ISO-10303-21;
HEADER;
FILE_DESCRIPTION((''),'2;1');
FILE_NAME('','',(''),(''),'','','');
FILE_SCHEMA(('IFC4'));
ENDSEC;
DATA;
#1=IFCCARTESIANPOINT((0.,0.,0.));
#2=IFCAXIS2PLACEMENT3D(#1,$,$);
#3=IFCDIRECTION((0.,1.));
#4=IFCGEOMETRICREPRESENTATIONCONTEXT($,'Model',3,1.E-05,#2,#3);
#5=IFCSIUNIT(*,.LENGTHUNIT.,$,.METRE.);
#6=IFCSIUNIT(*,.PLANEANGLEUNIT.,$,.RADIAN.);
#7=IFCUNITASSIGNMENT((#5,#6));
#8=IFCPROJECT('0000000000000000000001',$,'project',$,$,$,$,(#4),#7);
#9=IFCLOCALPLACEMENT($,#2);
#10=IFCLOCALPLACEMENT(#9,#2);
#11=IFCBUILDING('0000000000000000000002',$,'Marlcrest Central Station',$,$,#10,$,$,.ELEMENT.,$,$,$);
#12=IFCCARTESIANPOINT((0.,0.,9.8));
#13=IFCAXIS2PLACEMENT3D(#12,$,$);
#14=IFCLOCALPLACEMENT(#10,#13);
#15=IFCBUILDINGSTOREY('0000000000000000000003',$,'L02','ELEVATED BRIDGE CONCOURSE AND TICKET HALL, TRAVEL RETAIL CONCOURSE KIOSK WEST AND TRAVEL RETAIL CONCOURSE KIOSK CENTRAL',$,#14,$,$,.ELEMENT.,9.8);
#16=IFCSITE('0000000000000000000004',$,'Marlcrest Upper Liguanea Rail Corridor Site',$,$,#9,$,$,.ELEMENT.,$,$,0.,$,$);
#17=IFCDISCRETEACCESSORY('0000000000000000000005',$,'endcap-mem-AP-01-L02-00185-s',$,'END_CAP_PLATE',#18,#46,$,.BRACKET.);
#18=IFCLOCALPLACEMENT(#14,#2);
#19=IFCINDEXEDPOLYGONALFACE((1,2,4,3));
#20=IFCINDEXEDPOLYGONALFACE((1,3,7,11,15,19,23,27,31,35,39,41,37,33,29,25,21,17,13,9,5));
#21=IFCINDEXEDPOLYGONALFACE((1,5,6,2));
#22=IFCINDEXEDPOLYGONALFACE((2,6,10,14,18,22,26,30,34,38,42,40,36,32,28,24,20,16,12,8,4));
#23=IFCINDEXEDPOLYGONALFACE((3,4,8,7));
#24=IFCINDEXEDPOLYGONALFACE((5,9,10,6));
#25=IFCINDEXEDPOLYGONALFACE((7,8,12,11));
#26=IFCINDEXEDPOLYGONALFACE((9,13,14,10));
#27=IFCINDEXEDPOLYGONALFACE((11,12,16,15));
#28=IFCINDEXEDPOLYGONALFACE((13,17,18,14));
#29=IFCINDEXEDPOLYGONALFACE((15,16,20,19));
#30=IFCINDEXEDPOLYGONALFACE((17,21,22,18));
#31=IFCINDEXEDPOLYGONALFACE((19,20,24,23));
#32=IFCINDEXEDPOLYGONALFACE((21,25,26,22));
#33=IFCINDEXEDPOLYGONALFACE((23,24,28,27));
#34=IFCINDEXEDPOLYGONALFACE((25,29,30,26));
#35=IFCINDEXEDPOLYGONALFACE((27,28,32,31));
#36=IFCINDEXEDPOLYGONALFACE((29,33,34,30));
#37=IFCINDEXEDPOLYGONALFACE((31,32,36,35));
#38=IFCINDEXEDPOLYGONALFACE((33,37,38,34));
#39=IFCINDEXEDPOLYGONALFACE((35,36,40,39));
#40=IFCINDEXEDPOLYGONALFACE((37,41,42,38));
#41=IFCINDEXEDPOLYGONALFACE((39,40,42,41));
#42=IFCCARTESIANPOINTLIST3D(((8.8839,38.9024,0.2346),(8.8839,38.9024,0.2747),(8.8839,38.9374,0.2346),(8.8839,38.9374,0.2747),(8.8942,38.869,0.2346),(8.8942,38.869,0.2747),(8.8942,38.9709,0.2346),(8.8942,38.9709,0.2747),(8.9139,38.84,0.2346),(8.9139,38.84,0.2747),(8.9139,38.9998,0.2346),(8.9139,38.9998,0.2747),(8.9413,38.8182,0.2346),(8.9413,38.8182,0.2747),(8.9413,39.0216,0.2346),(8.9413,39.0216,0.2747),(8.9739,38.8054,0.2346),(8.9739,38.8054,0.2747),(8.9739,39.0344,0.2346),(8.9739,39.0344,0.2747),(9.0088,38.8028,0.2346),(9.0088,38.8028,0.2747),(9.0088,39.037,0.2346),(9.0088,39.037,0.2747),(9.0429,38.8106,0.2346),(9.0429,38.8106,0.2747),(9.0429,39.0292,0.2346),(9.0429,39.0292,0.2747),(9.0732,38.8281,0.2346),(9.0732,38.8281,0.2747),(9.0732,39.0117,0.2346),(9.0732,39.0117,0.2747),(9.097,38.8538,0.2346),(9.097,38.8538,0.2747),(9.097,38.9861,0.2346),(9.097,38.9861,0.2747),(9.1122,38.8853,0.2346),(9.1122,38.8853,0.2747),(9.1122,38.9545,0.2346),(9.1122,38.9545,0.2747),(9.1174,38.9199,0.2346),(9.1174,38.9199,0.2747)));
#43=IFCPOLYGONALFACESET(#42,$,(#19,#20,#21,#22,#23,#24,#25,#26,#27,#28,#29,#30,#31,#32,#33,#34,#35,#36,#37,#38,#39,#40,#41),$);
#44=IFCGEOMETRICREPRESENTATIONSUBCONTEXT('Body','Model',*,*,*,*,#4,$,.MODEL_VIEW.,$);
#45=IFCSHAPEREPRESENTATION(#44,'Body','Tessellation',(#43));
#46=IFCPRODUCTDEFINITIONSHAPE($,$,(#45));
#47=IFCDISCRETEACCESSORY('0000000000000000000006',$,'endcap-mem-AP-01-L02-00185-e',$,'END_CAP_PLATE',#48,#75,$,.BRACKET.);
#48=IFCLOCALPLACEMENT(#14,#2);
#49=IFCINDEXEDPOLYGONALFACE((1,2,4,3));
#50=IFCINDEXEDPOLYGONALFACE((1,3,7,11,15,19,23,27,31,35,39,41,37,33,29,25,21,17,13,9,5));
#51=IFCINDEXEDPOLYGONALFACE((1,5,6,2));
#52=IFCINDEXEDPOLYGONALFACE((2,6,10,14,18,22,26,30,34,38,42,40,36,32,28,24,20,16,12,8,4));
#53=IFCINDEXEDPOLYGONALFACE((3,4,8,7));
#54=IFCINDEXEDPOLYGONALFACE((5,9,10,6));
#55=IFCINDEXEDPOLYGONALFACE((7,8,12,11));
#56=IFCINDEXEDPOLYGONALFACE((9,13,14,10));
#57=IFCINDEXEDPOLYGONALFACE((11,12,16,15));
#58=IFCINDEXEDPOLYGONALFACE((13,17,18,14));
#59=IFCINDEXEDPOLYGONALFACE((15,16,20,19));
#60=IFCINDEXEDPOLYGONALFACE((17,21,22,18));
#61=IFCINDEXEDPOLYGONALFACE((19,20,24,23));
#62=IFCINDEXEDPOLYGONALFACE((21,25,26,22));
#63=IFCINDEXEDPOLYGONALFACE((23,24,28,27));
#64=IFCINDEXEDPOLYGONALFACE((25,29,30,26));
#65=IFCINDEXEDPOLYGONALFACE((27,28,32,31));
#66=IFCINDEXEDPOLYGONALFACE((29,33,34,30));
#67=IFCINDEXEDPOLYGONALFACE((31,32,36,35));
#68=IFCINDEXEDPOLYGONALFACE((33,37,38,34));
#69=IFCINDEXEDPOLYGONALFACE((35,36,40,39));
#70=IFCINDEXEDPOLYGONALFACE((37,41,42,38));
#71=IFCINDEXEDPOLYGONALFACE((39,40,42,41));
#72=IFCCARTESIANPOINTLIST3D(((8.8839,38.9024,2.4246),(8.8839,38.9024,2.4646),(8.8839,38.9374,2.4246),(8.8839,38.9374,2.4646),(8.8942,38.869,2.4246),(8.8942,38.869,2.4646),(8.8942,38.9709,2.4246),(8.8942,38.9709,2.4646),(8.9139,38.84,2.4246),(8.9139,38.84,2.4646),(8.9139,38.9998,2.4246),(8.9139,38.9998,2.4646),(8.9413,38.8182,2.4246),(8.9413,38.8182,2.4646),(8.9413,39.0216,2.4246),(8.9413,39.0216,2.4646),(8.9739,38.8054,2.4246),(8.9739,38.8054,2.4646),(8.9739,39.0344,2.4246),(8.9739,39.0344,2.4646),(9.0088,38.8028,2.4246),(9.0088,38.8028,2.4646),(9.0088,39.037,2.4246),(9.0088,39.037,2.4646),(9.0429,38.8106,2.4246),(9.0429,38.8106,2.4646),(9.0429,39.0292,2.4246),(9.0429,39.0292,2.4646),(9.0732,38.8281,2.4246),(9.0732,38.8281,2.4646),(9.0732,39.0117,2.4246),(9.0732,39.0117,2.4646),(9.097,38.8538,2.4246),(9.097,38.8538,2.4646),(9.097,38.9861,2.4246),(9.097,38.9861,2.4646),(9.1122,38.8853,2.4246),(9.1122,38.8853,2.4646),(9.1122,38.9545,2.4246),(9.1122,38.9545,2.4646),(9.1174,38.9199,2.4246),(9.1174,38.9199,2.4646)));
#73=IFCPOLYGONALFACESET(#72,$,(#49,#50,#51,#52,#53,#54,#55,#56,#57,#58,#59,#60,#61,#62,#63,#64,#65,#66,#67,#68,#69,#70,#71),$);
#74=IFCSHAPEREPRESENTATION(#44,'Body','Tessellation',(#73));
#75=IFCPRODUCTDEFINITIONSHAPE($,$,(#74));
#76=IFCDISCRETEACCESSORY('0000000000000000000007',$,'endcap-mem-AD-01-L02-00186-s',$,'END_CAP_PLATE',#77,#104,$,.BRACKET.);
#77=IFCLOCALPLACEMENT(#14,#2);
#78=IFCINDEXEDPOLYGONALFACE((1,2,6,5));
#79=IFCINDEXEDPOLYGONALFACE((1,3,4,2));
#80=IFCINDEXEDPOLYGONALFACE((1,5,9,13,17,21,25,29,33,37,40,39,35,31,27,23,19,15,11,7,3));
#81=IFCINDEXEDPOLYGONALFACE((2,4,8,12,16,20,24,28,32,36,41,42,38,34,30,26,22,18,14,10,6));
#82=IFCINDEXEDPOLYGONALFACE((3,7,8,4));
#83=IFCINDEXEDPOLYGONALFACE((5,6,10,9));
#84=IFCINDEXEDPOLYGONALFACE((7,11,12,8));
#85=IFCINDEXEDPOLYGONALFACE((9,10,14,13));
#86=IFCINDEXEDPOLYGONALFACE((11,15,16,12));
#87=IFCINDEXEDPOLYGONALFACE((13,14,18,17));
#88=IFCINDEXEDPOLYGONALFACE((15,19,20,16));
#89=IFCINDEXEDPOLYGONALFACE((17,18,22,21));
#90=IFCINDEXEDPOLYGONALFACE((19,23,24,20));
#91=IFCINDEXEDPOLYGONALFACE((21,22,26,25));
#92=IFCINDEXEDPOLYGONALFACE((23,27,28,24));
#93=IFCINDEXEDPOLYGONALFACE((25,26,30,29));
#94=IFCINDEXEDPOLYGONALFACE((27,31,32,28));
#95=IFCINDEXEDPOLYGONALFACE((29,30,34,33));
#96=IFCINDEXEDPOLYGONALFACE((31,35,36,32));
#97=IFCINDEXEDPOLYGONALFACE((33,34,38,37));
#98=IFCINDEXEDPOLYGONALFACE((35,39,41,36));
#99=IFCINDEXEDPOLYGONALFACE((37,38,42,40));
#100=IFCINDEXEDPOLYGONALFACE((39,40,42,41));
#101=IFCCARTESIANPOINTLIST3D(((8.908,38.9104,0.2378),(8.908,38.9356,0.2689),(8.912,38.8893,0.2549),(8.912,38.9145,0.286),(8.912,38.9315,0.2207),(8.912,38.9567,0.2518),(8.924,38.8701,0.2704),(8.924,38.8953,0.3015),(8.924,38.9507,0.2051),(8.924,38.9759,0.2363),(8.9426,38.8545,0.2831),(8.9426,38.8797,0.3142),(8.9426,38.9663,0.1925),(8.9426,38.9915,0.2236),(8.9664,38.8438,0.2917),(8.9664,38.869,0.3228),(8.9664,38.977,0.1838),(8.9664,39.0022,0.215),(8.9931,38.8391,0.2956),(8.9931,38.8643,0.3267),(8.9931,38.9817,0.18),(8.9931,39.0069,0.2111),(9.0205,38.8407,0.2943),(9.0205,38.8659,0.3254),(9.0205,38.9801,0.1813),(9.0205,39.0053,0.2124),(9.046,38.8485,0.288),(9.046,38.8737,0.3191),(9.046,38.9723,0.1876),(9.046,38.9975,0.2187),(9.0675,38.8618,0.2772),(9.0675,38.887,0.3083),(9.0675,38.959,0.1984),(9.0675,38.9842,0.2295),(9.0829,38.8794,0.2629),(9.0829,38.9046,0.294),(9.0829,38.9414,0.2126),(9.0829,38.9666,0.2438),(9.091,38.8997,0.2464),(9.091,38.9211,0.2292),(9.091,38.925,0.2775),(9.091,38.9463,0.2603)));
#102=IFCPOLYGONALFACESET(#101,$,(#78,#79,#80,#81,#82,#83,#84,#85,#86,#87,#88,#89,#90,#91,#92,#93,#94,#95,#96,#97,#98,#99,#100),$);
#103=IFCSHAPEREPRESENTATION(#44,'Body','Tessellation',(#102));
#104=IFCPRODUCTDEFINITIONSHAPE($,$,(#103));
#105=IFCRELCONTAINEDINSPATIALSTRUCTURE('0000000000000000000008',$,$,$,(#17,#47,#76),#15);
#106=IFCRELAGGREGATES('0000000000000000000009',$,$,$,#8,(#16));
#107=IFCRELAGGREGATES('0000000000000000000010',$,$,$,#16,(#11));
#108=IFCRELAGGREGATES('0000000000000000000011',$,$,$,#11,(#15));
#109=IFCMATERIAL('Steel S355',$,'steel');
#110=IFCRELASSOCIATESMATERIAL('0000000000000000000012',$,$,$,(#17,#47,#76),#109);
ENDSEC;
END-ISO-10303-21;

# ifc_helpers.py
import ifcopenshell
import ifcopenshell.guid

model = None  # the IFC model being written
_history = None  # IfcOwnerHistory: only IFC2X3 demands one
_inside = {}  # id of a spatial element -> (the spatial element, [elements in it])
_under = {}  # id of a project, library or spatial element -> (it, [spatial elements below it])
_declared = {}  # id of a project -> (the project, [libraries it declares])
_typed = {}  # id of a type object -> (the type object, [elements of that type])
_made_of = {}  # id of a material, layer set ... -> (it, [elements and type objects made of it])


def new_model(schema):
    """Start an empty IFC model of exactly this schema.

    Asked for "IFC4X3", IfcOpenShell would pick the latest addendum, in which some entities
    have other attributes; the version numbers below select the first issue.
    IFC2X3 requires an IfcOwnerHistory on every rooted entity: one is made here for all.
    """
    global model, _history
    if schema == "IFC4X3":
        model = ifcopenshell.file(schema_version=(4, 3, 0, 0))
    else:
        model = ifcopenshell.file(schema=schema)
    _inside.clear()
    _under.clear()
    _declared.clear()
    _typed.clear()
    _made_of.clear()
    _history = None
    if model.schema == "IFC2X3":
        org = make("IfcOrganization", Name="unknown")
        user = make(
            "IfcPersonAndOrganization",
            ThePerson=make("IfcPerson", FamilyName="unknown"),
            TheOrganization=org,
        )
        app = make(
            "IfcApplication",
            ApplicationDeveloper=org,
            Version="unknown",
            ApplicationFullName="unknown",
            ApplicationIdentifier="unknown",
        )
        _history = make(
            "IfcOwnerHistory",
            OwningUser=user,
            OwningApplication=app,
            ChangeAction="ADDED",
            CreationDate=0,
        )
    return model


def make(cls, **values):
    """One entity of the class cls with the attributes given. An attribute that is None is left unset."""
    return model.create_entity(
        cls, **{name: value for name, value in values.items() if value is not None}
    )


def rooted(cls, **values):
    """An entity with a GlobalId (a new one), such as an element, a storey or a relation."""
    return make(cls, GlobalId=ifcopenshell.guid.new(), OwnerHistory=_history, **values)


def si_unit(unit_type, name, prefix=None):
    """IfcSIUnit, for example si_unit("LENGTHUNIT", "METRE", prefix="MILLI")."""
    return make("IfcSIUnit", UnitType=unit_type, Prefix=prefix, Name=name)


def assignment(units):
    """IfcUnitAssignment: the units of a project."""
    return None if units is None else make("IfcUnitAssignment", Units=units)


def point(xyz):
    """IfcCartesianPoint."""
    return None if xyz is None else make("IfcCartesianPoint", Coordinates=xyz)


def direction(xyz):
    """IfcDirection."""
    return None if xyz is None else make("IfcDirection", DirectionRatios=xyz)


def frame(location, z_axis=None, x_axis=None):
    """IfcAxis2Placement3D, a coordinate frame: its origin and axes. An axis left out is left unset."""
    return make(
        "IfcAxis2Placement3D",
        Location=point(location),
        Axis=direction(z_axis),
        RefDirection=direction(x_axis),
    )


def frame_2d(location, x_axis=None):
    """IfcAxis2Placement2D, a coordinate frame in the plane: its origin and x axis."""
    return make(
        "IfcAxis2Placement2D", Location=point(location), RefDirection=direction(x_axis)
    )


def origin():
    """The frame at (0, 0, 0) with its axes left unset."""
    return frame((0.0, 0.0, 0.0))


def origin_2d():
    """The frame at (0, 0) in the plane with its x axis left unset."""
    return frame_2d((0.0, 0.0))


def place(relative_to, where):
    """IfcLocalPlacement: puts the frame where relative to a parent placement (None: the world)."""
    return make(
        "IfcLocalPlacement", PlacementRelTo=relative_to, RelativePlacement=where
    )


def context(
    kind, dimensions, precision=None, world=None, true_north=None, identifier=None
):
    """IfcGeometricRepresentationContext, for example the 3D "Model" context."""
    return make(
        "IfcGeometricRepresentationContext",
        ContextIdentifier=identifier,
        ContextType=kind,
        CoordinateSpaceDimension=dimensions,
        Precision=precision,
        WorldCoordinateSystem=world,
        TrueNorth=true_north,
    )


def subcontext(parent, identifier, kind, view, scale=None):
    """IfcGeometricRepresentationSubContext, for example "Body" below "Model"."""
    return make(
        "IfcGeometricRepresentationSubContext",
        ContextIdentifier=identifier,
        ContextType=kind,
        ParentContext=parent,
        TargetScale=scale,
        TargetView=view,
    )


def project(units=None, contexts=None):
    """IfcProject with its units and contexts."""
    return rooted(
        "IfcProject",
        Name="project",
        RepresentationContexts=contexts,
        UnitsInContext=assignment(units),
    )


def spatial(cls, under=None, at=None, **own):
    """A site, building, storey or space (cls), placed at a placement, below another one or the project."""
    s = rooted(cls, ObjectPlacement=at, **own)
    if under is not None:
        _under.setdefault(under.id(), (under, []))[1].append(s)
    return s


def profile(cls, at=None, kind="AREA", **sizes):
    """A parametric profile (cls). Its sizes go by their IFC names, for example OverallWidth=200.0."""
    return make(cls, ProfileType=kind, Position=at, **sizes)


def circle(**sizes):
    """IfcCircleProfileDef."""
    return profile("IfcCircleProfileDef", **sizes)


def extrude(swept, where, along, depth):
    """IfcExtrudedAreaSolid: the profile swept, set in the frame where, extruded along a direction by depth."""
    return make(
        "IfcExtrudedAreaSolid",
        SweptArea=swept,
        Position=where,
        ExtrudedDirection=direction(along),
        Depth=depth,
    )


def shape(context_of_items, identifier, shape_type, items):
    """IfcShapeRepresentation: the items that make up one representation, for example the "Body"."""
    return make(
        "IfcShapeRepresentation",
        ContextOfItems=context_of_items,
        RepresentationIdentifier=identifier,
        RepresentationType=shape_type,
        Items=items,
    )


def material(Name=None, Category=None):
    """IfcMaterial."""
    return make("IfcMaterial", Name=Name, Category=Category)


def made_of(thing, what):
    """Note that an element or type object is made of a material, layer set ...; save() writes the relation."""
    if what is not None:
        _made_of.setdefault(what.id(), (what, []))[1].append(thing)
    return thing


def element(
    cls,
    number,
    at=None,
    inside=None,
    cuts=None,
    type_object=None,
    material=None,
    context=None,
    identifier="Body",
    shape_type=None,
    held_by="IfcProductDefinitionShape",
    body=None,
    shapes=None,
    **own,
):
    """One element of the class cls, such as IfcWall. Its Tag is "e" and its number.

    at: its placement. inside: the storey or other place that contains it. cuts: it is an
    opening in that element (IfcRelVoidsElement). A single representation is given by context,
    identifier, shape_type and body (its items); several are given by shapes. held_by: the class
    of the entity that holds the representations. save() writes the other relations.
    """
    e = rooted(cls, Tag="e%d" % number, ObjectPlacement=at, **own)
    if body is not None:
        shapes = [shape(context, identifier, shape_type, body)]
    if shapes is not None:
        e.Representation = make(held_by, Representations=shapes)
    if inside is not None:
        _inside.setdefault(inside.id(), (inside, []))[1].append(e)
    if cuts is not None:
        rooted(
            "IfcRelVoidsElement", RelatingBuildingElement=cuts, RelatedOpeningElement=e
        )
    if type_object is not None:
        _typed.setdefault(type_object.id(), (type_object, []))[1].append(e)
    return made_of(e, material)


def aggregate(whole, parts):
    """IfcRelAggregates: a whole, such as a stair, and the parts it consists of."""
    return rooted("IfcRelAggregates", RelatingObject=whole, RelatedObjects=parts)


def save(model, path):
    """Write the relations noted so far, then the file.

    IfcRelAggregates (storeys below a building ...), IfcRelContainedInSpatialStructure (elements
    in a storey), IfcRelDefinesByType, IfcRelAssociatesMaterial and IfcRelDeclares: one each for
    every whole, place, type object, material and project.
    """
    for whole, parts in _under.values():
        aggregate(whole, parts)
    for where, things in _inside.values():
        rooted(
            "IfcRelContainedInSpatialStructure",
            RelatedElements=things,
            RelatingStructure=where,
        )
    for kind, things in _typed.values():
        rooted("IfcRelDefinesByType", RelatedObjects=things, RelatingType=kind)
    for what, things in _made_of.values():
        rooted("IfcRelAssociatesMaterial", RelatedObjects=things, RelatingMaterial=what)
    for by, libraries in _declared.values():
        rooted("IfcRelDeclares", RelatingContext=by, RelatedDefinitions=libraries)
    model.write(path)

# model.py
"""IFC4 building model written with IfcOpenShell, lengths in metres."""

from ifc_helpers import new_model, si_unit, direction, frame, origin, origin_2d, place, context, subcontext, project, spatial, circle, extrude, material, element, save


model = new_model("IFC4")

# Units and contexts
model_context = context("Model", 3, precision=1e-05, world=origin(), true_north=direction((0.0, 1.0)))
body_context = subcontext(model_context, "Body", "Model", "MODEL_VIEW")
ifc_project = project(units=[si_unit("LENGTHUNIT", "METRE"), si_unit("PLANEANGLEUNIT", "RADIAN")], contexts=[model_context])

# Site, building, storey
site_placement = place(None, origin())
site = spatial("IfcSite", under=ifc_project, at=site_placement, Name="Marlcrest Upper Liguanea Rail Corridor Site", CompositionType="ELEMENT", RefElevation=0.0)
building_placement = place(site_placement, origin())
building = spatial("IfcBuilding", under=site, at=building_placement, Name="Marlcrest Central Station", CompositionType="ELEMENT")
storey_placement = place(building_placement, frame((0.0, 0.0, 9.8)))
storey = spatial("IfcBuildingStorey", under=building, at=storey_placement, Name="L02", Description="ELEVATED BRIDGE CONCOURSE AND TICKET HALL, TRAVEL RETAIL CONCOURSE KIOSK WEST AND TRAVEL RETAIL CONCOURSE KIOSK CENTRAL", CompositionType="ELEMENT", Elevation=9.8)

# Shared definitions
ifc_material_1 = material(Name="Steel S355", Category="steel")

# Discrete accessories
for number, where, z_axis, x_axis, name in (
    (1, (9.0, 38.9199, 0.2346), (0.0, 0.0, 1.0), (1.0, 0.0, 0.0), "endcap-mem-AP-01-L02-00185-s"),
    (2, (9.0, 38.9199, 2.4246), (0.0, 0.0, 1.0), (1.0, 0.0, 0.0), "endcap-mem-AP-01-L02-00185-e"),
):
    element("IfcDiscreteAccessory", number, at=place(storey_placement, frame(where, z_axis=z_axis, x_axis=x_axis)), inside=storey, material=ifc_material_1, Name=name, ObjectType="END_CAP_PLATE", PredefinedType="BRACKET", context=body_context, shape_type="SweptSolid", body=[
        extrude(circle(Radius=0.1174, at=origin_2d()), origin(), (0.0, 0.0, 1.0), 0.04),
    ])
discrete_accessory_1_placement = place(storey_placement, frame((9.0, 38.9104, 0.2378), z_axis=(0.0, 0.629629, 0.776896), x_axis=(-1.0, 0.0, 0.0)))
element("IfcDiscreteAccessory", 3, at=discrete_accessory_1_placement, inside=storey, material=ifc_material_1, Name="endcap-mem-AD-01-L02-00186-s", ObjectType="END_CAP_PLATE", PredefinedType="BRACKET", context=body_context, shape_type="SweptSolid", body=[
    extrude(circle(Radius=0.092, at=origin_2d()), origin(), (0.0, 0.0, 1.0), 0.04),
])

save(model, "model.ifc")
